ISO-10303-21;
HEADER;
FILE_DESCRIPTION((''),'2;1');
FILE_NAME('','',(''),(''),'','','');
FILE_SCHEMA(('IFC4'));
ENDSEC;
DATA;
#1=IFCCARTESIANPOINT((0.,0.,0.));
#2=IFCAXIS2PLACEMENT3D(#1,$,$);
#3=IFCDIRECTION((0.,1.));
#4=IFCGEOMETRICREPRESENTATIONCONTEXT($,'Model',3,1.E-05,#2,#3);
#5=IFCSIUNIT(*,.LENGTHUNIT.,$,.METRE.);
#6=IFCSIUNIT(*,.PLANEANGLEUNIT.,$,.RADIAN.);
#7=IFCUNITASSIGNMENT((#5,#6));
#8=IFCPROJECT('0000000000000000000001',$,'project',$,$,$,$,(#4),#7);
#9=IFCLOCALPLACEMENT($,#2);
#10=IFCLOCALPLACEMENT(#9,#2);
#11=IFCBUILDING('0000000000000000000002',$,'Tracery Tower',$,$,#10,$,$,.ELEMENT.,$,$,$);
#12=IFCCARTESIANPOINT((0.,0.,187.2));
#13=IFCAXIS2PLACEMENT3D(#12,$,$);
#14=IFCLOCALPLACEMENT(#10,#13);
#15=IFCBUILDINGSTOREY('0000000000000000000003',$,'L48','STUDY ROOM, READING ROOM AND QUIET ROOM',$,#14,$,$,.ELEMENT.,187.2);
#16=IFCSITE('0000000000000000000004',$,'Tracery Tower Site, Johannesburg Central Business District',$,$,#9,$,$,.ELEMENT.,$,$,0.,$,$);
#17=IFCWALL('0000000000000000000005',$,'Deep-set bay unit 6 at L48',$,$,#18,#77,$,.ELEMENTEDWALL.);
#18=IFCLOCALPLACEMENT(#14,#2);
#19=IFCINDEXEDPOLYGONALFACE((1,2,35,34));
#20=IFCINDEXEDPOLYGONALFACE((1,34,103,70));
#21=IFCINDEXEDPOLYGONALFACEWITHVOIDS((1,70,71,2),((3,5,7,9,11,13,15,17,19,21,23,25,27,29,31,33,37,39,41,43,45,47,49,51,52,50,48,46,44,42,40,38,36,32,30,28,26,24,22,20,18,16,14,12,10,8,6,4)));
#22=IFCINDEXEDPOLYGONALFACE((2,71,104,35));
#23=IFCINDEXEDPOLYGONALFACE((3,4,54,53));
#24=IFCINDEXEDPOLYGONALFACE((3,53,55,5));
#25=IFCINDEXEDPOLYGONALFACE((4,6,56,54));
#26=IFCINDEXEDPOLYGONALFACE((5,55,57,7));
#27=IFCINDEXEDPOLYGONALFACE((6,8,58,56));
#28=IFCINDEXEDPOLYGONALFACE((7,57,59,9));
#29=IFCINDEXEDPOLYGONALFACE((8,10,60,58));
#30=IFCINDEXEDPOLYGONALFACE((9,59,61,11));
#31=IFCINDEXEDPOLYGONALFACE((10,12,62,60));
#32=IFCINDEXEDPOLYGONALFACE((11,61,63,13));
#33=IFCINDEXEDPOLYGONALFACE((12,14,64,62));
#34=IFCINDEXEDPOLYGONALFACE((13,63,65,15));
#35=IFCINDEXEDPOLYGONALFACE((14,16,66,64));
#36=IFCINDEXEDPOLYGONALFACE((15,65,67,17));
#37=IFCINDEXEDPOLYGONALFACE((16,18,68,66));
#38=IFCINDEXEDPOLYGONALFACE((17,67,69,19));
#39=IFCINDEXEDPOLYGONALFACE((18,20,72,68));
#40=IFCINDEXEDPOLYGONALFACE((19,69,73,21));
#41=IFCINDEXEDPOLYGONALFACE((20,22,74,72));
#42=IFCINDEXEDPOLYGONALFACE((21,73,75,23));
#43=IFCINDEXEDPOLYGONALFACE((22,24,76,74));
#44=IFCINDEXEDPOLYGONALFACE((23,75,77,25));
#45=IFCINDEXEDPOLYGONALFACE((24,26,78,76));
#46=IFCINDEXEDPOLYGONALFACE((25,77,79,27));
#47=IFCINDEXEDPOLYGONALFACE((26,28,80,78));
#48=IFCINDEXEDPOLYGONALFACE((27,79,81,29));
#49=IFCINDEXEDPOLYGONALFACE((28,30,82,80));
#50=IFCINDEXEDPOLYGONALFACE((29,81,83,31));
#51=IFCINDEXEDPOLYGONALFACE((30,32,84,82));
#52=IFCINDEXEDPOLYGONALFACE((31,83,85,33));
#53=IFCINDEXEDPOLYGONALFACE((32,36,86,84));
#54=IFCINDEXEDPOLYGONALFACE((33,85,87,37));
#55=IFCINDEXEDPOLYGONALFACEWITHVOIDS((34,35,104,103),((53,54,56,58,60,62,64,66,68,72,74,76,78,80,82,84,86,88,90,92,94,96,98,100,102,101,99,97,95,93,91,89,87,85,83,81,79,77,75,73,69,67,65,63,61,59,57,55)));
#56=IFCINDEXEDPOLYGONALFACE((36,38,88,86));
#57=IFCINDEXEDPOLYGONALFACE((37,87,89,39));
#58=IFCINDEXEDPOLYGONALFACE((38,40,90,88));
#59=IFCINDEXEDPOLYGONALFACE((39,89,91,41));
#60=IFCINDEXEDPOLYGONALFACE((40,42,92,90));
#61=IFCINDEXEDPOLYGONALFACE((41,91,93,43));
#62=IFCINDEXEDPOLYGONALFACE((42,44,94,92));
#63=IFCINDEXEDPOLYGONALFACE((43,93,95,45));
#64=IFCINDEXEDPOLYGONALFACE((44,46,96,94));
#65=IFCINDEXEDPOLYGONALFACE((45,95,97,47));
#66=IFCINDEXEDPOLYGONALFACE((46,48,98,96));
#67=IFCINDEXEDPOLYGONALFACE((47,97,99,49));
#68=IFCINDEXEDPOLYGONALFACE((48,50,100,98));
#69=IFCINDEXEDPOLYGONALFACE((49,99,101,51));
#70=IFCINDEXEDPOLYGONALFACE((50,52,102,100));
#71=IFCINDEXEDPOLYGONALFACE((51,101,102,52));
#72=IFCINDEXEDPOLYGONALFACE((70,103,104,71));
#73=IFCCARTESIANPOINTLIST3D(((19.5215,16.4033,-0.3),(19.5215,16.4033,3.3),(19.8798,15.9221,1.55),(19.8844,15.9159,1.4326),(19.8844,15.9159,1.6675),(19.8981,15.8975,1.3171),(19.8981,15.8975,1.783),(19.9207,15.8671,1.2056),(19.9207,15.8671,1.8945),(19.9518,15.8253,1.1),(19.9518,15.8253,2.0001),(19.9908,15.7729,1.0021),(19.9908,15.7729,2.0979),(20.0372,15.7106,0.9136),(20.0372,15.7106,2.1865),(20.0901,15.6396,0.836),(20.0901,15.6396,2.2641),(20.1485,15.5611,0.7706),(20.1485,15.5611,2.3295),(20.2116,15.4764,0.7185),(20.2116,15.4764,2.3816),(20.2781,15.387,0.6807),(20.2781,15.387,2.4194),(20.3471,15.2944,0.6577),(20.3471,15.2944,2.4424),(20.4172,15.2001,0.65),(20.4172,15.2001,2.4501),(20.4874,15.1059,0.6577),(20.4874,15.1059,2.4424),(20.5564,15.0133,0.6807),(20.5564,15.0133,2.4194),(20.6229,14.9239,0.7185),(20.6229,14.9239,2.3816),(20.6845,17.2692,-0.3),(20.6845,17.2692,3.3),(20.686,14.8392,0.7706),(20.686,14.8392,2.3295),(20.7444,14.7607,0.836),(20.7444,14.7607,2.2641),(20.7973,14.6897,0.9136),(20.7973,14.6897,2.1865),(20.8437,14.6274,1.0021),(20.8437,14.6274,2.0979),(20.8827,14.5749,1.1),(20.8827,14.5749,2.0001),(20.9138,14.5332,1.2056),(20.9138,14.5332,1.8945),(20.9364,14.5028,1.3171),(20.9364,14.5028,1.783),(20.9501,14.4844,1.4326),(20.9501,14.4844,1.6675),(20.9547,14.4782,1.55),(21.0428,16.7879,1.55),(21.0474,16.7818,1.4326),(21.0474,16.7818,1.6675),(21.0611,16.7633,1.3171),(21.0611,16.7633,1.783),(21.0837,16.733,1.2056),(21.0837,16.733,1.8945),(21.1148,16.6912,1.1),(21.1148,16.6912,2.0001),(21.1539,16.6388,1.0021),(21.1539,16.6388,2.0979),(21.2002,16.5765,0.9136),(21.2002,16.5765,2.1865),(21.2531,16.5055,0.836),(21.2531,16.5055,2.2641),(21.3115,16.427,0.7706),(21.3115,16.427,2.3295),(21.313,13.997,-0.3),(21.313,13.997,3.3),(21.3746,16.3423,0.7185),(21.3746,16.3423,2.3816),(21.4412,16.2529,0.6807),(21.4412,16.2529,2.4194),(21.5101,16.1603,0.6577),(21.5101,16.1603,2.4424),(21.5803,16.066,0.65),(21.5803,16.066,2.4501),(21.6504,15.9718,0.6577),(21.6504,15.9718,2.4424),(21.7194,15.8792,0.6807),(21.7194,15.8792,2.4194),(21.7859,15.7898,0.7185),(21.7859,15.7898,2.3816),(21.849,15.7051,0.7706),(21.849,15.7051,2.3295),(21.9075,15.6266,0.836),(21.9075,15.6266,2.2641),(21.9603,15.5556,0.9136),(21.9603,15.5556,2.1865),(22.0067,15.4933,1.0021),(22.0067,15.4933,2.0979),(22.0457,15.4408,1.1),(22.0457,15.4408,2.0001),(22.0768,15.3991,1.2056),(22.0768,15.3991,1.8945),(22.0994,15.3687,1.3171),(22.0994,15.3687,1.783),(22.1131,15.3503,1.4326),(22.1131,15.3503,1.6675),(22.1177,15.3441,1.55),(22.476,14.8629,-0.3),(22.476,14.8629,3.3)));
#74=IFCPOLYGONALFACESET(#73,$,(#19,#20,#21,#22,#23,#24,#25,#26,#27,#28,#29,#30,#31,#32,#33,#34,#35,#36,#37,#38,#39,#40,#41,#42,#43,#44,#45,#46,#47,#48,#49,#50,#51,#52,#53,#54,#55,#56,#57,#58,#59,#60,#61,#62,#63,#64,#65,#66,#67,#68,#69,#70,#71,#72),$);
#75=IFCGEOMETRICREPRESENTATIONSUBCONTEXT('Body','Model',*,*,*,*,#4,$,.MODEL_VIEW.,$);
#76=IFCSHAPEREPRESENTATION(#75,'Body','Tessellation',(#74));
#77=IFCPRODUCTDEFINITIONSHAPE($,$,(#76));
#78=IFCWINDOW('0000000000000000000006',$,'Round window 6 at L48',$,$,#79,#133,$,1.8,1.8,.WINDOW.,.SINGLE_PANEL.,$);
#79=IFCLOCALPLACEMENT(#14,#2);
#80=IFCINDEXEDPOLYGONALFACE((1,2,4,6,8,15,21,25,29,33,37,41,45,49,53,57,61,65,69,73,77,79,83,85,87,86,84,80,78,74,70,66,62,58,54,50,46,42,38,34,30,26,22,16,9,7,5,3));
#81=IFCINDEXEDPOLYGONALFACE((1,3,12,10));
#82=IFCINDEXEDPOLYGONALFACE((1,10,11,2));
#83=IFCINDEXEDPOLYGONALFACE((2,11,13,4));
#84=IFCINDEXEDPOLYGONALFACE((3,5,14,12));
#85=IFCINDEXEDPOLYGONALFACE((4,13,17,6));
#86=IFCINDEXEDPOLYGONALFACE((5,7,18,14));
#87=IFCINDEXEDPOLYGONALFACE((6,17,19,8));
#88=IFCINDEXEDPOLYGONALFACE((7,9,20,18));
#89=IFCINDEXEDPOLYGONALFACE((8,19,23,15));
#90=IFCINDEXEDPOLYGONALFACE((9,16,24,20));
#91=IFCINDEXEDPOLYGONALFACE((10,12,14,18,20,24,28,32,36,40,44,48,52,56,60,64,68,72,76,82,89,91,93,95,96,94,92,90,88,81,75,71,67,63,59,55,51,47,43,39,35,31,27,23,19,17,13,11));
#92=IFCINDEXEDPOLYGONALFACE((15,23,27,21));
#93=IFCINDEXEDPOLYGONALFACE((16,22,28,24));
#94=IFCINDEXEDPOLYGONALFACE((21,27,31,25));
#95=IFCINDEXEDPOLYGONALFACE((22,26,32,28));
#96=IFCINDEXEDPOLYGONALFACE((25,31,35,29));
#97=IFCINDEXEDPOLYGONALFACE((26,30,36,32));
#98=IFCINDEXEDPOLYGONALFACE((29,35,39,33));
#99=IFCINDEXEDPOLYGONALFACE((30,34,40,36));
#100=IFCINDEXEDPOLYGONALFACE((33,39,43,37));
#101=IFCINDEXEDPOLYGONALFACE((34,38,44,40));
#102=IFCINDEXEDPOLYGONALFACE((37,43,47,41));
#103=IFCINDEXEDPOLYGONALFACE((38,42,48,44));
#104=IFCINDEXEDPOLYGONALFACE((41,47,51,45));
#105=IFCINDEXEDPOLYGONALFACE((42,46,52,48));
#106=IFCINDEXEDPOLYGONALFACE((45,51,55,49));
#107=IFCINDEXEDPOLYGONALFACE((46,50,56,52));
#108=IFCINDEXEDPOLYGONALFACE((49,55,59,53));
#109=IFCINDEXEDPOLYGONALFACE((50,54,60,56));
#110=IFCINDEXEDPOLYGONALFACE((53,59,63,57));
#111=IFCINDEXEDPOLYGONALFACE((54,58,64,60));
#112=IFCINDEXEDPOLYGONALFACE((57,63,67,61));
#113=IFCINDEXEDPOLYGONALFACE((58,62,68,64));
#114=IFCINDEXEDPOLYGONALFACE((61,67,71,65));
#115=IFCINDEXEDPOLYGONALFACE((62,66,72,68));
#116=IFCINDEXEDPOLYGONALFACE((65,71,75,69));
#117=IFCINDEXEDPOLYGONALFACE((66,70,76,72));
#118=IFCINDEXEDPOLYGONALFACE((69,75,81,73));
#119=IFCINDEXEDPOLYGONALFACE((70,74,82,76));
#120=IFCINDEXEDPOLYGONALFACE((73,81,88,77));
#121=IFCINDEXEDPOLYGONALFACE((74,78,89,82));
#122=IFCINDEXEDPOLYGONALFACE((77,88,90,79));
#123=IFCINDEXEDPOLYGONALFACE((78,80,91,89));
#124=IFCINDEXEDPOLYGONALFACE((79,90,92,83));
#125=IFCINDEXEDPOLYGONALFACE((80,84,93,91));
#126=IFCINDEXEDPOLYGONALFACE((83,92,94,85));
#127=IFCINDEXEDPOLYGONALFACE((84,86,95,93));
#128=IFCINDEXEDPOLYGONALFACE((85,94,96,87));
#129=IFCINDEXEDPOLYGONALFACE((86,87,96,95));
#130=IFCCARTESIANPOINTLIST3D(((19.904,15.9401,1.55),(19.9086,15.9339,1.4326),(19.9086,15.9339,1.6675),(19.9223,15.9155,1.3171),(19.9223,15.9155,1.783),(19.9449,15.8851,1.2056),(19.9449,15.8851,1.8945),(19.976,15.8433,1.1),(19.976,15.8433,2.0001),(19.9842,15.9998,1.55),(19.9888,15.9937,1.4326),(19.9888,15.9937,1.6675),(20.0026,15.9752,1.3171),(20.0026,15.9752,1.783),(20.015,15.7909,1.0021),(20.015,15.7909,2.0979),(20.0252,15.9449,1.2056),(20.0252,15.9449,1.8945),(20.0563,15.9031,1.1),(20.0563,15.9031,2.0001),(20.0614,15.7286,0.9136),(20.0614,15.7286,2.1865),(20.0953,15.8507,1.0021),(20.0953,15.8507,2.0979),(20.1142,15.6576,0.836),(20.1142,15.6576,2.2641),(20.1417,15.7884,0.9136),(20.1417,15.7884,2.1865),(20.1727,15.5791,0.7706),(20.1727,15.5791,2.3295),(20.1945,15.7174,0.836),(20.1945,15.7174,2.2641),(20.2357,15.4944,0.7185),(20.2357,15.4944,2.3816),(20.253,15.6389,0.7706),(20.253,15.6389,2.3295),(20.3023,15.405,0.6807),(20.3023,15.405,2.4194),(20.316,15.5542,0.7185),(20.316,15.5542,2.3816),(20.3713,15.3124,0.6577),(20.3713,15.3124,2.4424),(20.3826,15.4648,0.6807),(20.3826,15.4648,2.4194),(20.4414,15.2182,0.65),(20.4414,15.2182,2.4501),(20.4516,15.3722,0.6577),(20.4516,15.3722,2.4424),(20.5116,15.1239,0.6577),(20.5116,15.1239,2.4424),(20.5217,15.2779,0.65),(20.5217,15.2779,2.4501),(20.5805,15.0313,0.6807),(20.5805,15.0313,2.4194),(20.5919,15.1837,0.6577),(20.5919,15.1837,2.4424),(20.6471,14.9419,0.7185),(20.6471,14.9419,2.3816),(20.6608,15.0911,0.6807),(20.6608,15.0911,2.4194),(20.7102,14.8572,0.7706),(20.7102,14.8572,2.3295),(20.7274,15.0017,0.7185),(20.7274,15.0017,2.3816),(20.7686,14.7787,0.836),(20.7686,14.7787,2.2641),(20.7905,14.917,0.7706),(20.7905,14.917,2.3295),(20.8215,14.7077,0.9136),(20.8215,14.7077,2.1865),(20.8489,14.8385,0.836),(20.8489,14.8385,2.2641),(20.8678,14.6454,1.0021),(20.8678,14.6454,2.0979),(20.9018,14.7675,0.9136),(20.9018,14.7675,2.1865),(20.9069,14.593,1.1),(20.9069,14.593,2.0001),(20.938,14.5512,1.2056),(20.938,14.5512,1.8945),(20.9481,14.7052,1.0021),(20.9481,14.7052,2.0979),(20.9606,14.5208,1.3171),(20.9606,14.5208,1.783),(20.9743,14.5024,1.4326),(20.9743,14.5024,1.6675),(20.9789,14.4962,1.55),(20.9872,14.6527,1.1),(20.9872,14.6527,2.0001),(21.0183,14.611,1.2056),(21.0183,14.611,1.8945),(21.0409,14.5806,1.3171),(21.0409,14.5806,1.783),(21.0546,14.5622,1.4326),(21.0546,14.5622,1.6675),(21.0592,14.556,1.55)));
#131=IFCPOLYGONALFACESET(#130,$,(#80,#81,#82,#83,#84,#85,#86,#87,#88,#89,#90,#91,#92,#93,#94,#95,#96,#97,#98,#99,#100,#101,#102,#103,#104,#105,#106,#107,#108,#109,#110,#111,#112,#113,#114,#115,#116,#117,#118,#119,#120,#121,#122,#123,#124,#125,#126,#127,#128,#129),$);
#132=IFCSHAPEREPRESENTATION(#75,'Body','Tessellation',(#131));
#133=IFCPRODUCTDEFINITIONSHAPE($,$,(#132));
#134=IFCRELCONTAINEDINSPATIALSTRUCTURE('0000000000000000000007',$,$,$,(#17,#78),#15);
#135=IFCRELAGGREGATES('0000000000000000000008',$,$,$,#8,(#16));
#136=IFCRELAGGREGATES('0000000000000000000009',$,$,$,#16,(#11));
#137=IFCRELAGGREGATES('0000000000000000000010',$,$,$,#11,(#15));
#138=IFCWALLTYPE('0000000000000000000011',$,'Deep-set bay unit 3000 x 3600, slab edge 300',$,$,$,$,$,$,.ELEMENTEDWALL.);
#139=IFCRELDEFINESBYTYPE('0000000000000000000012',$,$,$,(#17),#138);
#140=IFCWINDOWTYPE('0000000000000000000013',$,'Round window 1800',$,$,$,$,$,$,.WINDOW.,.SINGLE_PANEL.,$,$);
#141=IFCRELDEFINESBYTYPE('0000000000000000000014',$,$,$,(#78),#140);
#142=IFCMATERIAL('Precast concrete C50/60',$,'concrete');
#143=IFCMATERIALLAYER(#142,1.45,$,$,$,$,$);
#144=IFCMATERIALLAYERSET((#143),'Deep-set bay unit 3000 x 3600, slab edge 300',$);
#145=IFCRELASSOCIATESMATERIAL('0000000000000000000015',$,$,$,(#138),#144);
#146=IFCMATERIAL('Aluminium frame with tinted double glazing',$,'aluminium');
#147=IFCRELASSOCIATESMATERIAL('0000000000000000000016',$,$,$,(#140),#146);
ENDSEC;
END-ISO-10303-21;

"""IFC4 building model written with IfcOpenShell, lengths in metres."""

from ifc_helpers import new_model, si_unit, direction, frame, frame_2d, origin, origin_2d, place, context, subcontext, project, spatial, rectangle, circle, extrude, material, layer, layer_set, type_object, element, fill, save


model = new_model("IFC4")

# Units and contexts
model_context = context("Model", 3, precision=1e-05, world=origin(), true_north=direction((0.0, 1.0)))
body_context = subcontext(model_context, "Body", "Model", "MODEL_VIEW")
ifc_project = project(units=[si_unit("LENGTHUNIT", "METRE"), si_unit("PLANEANGLEUNIT", "RADIAN")], contexts=[model_context])

# Site, building, storey
site_placement = place(None, origin())
site = spatial("IfcSite", under=ifc_project, at=site_placement, Name="Tracery Tower Site, Johannesburg Central Business District", CompositionType="ELEMENT", RefElevation=0.0)
building_placement = place(site_placement, origin())
building = spatial("IfcBuilding", under=site, at=building_placement, Name="Tracery Tower", CompositionType="ELEMENT")
storey_placement = place(building_placement, frame((0.0, 0.0, 187.2)))
storey = spatial("IfcBuildingStorey", under=building, at=storey_placement, Name="L48", Description="STUDY ROOM, READING ROOM AND QUIET ROOM", CompositionType="ELEMENT", Elevation=187.2)

# Wall, opening, window
ifc_material_1 = material(Name="Precast concrete C50/60", Category="concrete")
ifc_layer_1 = layer(ifc_material_1, 1.45)
ifc_layer_set_1 = layer_set([ifc_layer_1], Name="Deep-set bay unit 3000 x 3600, slab edge 300")
wall_type_1 = type_object("IfcWallType", Name="Deep-set bay unit 3000 x 3600, slab edge 300", PredefinedType="ELEMENTEDWALL", material=ifc_layer_set_1)
wall_1_placement = place(storey_placement, frame((21.8945, 14.4299, -0.3), z_axis=(0.0, 0.0, 1.0), x_axis=(-0.597184, 0.802104, 0.0)))
wall_1 = element("IfcWall", 1, at=wall_1_placement, inside=storey, type_object=wall_type_1, Name="Deep-set bay unit 6 at L48", PredefinedType="ELEMENTEDWALL", context=body_context, shape_type="SweptSolid", body=[
    extrude(rectangle(XDim=3.0, YDim=1.45, at=frame_2d((1.5, 0.0))), origin(), (0.0, 0.0, 1.0), 3.6001),
])
opening_1_placement = place(wall_1_placement, frame((1.5, 0.0, 1.8501)))
opening_1 = element("IfcOpeningElement", 2, at=opening_1_placement, cuts=wall_1, PredefinedType="OPENING", context=body_context, shape_type="SweptSolid", body=[
    extrude(circle(Radius=0.9, at=origin_2d()), frame((0.0, 0.7349, 0.0), z_axis=(0.0, -1.0, 0.0), x_axis=(1.0, 0.0, 0.0)), (0.0, 0.0, 1.0), 1.47),
])
ifc_material_2 = material(Name="Aluminium frame with tinted double glazing", Category="aluminium")
window_type = type_object("IfcWindowType", Name="Round window 1800", PartitioningType="SINGLE_PANEL", PredefinedType="WINDOW", material=ifc_material_2)
window_1_placement = place(opening_1_placement, origin())
window_1 = element("IfcWindow", 3, at=window_1_placement, inside=storey, type_object=window_type, Name="Round window 6 at L48", OverallHeight=1.8, OverallWidth=1.8, PartitioningType="SINGLE_PANEL", PredefinedType="WINDOW", context=body_context, shape_type="SweptSolid", body=[
    extrude(circle(Radius=0.9, at=origin_2d()), frame((0.0, 0.6948, 0.0), z_axis=(0.0, -1.0, 0.0), x_axis=(1.0, 0.0, 0.0)), (0.0, 0.0, 1.0), 0.1001),
])
fill(opening_1, window_1)

save(model, "model.ifc")
